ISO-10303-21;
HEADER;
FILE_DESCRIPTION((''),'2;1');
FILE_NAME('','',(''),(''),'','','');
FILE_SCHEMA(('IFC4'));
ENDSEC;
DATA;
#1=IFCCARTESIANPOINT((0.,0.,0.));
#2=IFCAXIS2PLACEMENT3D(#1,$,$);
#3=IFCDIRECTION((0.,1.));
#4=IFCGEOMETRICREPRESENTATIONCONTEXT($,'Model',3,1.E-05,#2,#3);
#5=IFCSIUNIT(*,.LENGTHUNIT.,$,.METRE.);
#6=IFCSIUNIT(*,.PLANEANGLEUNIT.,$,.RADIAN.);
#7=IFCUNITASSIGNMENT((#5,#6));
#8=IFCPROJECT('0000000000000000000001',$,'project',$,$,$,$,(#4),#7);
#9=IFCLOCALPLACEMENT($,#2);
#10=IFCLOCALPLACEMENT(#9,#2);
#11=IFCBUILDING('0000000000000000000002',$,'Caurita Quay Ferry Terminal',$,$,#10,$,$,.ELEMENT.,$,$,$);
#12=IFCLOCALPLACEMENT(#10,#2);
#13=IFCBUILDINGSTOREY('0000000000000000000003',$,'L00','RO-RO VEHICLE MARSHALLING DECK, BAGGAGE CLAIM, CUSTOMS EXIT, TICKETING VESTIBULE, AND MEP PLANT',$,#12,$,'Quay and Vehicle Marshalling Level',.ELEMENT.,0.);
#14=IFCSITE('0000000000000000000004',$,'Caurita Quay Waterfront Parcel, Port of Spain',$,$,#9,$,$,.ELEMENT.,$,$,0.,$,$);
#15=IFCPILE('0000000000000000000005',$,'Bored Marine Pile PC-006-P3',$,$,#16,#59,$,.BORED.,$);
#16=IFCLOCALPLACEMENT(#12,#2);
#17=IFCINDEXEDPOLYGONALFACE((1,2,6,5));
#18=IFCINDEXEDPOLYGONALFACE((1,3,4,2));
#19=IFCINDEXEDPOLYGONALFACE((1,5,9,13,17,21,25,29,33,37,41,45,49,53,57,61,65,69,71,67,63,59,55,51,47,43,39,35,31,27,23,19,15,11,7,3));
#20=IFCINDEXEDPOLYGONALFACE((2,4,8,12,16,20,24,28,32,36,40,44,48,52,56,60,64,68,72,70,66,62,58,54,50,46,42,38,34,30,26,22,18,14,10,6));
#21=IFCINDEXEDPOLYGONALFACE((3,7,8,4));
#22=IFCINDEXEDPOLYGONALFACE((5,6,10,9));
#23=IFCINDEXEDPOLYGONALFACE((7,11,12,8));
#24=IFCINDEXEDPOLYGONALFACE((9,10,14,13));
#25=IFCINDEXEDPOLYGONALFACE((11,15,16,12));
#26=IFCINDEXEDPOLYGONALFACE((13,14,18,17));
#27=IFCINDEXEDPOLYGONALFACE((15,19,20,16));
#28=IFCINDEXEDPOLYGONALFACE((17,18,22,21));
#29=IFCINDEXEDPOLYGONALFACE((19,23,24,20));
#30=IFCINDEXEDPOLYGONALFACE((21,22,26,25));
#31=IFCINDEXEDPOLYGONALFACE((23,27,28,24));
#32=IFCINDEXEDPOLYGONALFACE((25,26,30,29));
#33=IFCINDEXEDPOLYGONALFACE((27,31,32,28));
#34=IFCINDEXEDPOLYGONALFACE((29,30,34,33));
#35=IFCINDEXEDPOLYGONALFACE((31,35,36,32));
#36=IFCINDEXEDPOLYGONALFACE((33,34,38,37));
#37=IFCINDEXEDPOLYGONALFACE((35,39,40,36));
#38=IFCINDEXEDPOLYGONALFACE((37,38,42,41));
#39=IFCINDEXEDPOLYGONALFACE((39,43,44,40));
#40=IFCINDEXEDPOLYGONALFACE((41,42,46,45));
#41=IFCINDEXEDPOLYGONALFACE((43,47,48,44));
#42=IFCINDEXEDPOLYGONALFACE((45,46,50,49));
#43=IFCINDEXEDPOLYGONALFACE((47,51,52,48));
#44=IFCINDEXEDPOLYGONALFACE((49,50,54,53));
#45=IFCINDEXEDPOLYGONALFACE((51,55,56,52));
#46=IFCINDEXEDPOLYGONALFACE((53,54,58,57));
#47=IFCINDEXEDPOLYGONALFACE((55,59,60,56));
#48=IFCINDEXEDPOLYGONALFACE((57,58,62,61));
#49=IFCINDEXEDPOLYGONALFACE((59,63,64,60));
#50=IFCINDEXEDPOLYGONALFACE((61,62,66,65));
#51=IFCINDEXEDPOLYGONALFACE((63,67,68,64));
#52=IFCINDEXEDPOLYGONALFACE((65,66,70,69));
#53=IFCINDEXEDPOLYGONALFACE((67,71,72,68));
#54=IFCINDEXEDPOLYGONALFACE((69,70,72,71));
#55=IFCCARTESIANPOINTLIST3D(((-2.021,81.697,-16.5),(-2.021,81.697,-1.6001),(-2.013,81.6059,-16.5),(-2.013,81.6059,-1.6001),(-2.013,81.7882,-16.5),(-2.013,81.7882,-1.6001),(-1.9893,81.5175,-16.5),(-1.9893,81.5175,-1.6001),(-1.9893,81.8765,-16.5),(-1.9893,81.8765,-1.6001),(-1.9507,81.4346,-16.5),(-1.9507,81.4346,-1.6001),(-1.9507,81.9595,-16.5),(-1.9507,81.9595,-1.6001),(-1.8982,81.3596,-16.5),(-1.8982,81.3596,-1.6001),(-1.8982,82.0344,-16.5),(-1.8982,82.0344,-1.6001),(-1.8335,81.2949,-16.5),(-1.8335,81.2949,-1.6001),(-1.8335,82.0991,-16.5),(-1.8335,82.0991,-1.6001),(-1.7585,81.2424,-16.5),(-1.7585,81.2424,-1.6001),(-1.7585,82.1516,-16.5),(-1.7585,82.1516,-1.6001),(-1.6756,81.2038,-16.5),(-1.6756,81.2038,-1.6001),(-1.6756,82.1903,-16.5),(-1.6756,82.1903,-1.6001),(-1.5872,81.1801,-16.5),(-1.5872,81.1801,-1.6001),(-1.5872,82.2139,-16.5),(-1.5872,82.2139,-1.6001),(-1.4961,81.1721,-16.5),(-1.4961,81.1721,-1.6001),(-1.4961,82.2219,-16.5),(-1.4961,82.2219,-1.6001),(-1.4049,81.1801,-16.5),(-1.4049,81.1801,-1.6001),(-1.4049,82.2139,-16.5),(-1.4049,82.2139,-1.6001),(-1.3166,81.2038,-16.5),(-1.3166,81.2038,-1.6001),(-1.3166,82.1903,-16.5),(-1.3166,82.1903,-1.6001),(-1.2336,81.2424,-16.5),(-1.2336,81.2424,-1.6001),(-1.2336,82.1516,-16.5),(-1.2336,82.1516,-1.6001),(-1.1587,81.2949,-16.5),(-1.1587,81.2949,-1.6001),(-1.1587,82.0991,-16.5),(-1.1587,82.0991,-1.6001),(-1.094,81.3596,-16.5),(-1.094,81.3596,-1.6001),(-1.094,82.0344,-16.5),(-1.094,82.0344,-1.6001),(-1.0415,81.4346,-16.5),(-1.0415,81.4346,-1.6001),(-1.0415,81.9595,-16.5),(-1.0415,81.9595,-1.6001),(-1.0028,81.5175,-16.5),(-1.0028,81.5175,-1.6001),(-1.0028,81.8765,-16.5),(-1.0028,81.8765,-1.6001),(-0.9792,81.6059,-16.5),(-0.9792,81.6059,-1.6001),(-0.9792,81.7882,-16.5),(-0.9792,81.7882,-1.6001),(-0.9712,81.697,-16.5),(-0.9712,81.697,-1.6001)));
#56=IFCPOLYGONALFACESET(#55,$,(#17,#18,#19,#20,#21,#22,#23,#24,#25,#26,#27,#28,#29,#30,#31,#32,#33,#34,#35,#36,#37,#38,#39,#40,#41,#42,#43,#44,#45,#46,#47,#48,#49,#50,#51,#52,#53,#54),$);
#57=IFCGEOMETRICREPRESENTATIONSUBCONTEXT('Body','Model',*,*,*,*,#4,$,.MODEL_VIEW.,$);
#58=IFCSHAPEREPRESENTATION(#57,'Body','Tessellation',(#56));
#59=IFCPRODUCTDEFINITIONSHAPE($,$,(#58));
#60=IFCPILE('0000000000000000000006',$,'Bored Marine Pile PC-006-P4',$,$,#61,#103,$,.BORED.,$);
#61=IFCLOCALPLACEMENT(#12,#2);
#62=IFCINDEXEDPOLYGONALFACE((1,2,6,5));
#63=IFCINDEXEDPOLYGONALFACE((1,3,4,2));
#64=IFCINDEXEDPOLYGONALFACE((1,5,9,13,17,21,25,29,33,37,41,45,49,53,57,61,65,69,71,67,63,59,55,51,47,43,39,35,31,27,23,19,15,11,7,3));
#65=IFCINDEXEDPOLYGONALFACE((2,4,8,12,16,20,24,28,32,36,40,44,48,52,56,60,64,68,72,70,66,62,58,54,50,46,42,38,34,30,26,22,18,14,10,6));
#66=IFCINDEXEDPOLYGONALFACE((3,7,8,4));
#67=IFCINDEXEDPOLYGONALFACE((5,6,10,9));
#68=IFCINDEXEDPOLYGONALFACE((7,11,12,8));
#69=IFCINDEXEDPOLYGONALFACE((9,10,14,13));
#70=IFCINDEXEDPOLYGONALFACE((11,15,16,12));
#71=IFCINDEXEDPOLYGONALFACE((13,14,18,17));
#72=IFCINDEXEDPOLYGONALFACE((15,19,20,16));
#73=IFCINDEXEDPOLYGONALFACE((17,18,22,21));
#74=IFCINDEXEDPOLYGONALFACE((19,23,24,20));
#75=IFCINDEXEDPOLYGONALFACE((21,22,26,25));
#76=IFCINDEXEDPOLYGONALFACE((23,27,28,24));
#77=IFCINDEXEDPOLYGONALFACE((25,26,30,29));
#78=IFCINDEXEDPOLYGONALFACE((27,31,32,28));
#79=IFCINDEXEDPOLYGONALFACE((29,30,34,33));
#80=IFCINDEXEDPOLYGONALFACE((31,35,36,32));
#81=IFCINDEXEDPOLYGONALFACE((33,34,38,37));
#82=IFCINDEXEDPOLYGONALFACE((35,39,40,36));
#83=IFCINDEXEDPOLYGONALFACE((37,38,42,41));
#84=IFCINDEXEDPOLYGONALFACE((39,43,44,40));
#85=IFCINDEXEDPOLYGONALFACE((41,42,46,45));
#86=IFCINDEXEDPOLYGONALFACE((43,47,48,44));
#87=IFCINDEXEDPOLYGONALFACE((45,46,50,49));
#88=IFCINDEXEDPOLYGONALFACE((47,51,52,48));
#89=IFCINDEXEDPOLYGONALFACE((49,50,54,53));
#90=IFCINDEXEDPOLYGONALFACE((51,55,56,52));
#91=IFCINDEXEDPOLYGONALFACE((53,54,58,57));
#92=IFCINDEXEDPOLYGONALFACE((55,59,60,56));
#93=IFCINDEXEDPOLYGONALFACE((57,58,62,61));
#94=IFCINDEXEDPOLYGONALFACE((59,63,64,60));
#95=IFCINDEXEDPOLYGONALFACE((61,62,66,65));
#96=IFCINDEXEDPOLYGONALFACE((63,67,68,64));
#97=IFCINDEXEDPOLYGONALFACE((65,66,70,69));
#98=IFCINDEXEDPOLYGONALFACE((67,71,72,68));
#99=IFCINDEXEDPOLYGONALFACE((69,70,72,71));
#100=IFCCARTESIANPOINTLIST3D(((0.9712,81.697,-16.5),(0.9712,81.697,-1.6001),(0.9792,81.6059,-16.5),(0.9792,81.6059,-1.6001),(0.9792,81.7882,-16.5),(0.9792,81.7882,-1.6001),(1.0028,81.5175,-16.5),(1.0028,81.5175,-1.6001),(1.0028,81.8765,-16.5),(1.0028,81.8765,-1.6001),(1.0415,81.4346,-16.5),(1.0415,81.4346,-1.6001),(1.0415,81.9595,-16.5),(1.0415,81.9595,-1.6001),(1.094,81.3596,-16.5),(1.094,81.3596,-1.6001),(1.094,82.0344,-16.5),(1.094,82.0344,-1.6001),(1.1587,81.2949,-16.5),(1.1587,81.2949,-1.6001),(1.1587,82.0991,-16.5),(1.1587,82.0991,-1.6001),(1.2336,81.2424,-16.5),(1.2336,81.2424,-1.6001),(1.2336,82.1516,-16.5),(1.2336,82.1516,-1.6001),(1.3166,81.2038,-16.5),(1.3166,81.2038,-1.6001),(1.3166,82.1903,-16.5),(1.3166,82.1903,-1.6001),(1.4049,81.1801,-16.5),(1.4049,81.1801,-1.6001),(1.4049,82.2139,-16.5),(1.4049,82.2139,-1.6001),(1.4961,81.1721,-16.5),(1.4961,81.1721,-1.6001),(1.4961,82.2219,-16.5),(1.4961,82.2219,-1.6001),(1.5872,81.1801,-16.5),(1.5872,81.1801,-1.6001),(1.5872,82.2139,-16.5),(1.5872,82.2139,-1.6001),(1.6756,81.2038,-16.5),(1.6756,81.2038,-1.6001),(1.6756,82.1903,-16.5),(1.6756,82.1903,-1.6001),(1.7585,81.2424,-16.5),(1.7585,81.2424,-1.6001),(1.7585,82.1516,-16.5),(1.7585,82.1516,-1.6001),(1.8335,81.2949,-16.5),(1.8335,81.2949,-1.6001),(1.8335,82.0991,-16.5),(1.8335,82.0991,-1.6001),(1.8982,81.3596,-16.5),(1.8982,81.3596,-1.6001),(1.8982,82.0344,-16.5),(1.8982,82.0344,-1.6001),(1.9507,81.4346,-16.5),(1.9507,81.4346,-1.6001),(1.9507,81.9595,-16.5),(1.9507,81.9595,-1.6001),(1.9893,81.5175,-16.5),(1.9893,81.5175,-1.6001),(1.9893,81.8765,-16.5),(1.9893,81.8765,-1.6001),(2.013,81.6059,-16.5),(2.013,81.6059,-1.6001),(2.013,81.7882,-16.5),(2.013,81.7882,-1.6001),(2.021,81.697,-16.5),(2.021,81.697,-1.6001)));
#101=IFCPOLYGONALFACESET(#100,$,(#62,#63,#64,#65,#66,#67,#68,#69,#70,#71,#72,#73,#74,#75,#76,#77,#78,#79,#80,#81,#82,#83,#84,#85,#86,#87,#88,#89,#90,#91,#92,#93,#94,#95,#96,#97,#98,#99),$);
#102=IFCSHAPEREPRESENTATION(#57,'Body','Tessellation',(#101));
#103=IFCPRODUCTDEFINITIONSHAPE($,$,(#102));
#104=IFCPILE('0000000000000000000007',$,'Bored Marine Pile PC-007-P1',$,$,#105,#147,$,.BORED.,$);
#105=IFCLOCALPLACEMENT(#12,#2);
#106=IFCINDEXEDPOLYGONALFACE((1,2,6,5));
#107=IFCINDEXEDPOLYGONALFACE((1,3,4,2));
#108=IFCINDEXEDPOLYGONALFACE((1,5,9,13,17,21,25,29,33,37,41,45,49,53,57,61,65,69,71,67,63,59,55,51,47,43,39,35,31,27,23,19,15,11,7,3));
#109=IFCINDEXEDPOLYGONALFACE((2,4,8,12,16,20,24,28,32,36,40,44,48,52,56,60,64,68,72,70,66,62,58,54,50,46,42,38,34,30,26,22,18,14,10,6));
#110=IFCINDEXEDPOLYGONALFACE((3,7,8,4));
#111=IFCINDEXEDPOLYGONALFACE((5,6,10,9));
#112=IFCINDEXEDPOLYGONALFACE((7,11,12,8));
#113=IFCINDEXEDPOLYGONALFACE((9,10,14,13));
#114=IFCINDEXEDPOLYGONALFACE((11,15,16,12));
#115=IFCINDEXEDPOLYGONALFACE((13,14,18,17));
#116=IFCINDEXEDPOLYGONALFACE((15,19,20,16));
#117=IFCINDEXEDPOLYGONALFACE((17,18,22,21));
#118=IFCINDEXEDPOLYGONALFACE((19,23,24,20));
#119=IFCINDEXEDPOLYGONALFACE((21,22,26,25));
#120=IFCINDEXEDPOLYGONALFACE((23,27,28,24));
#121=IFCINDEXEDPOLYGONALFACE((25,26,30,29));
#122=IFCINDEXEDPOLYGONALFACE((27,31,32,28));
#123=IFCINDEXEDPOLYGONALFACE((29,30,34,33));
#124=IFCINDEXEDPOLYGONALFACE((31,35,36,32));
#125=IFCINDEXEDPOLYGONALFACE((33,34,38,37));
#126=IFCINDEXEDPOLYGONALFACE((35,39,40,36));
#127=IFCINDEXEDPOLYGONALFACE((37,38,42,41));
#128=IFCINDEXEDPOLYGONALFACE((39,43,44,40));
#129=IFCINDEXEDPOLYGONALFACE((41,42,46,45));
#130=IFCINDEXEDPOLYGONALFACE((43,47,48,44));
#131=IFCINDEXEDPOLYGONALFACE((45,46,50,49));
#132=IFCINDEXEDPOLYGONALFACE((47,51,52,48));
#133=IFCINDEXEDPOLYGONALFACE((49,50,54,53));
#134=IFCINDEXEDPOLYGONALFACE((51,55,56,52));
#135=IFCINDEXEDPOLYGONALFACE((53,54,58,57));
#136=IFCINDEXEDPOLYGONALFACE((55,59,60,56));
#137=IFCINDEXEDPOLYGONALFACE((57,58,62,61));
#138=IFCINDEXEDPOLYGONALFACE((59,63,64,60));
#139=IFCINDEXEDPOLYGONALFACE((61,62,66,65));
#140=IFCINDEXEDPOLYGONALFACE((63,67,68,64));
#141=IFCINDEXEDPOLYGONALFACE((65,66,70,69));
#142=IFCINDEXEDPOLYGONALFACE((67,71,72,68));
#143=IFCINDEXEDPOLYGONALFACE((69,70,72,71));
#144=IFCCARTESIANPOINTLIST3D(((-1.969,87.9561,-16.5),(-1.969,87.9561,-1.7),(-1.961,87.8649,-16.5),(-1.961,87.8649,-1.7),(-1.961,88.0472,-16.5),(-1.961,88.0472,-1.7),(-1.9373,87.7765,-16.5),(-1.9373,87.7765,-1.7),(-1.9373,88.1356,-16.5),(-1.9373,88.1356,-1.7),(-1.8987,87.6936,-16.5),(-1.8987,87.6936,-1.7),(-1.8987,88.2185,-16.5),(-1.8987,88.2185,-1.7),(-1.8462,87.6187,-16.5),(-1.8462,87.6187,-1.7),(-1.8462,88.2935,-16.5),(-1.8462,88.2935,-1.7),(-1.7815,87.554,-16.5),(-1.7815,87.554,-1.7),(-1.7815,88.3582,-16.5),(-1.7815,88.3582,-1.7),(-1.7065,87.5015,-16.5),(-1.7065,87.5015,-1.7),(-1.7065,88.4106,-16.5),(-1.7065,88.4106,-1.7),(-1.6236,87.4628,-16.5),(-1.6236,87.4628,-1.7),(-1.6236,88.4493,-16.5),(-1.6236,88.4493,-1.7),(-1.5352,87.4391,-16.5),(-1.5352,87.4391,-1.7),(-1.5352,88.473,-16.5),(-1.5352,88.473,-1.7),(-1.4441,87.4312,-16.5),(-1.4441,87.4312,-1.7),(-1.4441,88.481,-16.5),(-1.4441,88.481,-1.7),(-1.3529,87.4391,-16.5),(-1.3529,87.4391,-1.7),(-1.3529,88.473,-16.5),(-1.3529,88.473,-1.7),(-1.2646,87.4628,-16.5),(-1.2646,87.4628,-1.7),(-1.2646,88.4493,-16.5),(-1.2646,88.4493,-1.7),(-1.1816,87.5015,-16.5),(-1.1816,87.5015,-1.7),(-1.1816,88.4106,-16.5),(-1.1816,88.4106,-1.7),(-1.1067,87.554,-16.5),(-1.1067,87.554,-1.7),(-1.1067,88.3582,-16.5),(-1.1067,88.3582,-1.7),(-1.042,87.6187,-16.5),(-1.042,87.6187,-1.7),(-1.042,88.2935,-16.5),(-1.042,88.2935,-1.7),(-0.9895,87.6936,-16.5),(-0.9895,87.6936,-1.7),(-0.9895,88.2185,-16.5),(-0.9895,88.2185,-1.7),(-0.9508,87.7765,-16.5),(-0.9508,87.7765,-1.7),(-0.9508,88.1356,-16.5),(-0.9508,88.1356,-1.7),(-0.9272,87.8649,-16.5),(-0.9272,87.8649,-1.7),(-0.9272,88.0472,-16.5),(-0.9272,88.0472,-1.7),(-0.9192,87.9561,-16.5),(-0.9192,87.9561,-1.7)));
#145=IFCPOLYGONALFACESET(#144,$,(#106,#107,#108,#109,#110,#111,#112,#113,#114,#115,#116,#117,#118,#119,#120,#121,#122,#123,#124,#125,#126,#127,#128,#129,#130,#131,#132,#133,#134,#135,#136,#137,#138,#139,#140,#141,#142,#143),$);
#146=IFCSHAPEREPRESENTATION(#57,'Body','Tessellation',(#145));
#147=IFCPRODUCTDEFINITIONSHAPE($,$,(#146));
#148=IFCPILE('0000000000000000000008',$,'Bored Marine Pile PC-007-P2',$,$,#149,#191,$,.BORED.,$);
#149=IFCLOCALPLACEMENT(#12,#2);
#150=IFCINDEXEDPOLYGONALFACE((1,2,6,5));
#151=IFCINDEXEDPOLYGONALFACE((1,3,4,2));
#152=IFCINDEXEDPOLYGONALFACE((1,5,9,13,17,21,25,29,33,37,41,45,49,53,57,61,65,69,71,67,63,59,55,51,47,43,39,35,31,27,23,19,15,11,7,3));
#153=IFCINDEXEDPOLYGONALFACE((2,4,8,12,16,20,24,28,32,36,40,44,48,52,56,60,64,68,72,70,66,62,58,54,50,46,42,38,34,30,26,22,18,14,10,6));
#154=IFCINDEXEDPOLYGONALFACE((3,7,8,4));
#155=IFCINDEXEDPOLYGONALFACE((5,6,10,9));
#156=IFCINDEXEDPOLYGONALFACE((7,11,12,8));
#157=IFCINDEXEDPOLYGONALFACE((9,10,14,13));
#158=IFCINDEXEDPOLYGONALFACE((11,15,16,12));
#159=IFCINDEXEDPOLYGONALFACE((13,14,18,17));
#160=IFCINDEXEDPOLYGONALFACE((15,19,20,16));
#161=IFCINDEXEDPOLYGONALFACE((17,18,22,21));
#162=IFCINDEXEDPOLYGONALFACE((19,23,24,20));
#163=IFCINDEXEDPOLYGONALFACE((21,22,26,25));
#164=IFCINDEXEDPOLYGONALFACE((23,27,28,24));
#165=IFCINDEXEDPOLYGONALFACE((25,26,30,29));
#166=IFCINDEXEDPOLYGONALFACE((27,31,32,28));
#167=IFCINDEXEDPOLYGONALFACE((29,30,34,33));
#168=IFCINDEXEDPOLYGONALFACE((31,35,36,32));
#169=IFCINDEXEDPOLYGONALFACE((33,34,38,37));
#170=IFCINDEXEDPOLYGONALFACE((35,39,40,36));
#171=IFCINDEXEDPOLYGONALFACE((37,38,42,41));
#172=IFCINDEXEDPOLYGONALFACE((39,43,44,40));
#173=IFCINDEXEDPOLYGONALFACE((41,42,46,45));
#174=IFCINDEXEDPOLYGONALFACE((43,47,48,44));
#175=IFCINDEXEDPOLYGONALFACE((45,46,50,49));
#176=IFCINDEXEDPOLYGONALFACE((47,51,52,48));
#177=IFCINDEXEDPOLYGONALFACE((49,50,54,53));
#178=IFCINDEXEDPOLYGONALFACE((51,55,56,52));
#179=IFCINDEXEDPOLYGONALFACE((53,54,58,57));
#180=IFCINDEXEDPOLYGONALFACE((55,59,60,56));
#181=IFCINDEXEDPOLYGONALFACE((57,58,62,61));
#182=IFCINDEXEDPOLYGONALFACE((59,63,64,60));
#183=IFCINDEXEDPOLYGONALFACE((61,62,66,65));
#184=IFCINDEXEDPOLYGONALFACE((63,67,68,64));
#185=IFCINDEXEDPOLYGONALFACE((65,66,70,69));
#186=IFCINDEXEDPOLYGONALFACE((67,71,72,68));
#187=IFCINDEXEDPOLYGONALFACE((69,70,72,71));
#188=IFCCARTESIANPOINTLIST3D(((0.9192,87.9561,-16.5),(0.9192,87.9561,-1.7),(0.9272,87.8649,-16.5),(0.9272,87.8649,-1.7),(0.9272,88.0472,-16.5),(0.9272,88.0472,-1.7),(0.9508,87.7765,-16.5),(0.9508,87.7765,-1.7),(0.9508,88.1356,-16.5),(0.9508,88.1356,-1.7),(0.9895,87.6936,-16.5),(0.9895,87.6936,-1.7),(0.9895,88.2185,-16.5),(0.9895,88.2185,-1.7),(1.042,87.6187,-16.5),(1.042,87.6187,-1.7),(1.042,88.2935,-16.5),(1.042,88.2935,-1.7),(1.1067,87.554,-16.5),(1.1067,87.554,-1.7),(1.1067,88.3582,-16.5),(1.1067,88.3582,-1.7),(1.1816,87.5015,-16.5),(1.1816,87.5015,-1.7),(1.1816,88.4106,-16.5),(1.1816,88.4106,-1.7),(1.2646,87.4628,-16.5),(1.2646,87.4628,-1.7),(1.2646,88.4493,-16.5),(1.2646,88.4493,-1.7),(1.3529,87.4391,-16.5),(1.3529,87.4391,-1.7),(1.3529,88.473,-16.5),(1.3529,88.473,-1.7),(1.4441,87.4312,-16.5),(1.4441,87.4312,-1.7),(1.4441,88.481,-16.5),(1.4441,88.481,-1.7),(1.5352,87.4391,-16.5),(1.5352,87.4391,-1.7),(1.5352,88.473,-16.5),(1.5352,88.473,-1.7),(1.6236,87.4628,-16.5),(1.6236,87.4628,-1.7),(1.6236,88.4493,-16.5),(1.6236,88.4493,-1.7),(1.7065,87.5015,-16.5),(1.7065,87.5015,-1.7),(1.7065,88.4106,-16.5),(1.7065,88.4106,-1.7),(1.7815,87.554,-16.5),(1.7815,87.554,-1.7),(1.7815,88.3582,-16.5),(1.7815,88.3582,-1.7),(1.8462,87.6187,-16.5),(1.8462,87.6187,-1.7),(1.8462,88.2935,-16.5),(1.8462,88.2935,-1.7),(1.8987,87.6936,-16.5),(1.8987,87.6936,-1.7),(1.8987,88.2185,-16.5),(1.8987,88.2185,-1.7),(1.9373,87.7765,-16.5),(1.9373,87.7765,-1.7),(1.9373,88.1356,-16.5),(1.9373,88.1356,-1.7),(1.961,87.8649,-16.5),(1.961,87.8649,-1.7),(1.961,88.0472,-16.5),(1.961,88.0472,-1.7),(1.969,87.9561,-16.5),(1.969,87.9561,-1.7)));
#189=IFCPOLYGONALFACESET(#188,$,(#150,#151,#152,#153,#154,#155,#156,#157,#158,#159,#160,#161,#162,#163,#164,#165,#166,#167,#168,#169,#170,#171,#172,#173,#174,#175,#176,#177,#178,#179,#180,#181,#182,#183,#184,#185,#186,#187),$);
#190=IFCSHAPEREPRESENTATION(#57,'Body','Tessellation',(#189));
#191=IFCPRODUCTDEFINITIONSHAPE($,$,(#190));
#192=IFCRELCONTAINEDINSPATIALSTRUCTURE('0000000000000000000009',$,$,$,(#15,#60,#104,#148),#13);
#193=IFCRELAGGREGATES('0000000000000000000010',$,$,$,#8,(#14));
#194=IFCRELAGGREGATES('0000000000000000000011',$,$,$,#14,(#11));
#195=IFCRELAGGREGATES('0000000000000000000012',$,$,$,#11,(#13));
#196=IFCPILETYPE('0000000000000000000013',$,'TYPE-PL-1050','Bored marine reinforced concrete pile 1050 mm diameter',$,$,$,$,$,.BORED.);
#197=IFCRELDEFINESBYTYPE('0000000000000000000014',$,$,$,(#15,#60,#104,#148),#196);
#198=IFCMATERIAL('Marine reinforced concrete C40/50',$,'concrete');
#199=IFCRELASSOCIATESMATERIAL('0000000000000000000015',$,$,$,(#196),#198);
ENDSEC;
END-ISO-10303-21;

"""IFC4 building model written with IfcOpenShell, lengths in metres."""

from ifc_helpers import new_model, si_unit, direction, frame, origin, origin_2d, place, context, subcontext, project, spatial, circle, extrude, material, material_profile, profile_set, type_object, element, save


model = new_model("IFC4")

# Units and contexts
model_context = context("Model", 3, precision=1e-05, world=origin(), true_north=direction((0.0, 1.0)))
body_context = subcontext(model_context, "Body", "Model", "MODEL_VIEW")
ifc_project = project(units=[si_unit("LENGTHUNIT", "METRE"), si_unit("PLANEANGLEUNIT", "RADIAN")], contexts=[model_context])

# Site, building, storey
site_placement = place(None, origin())
site = spatial("IfcSite", under=ifc_project, at=site_placement, Name="Caurita Quay Waterfront Parcel, Port of Spain", CompositionType="ELEMENT", RefElevation=0.0)
building_placement = place(site_placement, origin())
building = spatial("IfcBuilding", under=site, at=building_placement, Name="Caurita Quay Ferry Terminal", CompositionType="ELEMENT")
storey_placement = place(building_placement, origin())
storey = spatial("IfcBuildingStorey", under=building, at=storey_placement, Name="L00", Description="RO-RO VEHICLE MARSHALLING DECK, BAGGAGE CLAIM, CUSTOMS EXIT, TICKETING VESTIBULE, AND MEP PLANT", LongName="Quay and Vehicle Marshalling Level", CompositionType="ELEMENT", Elevation=0.0)

# Piles
ifc_material_1 = material(Name="Marine reinforced concrete C40/50", Category="concrete")
ifc_material_profile_1 = material_profile(ifc_material_1, circle(Radius=0.5249, at=origin_2d()), Name="PILE-D1050")
ifc_profile_set_1 = profile_set([ifc_material_profile_1], Name="Marine reinforced concrete C40/50")
pile_type = type_object("IfcPileType", Name="TYPE-PL-1050", Description="Bored marine reinforced concrete pile 1050 mm diameter", PredefinedType="BORED", material=ifc_profile_set_1)
for number, where, z_axis, x_axis, name in (
    (1, (-1.4961, 81.697, -1.6001), (0.0, 0.0, -1.0), (1.0, 0.0, 0.0), "Bored Marine Pile PC-006-P3"),
    (2, (1.4961, 81.697, -1.6001), (0.0, 0.0, -1.0), (1.0, 0.0, 0.0), "Bored Marine Pile PC-006-P4"),
):
    element("IfcPile", number, at=place(storey_placement, frame(where, z_axis=z_axis, x_axis=x_axis)), inside=storey, type_object=pile_type, Name=name, PredefinedType="BORED", context=body_context, shape_type="SweptSolid", body=[
        extrude(circle(Radius=0.5249, at=origin_2d()), origin(), (0.0, 0.0, 1.0), 14.8999),
    ])
for number, where, z_axis, x_axis, name in (
    (3, (-1.4441, 87.9561, -1.7), (0.0, 0.0, -1.0), (1.0, 0.0, 0.0), "Bored Marine Pile PC-007-P1"),
    (4, (1.4441, 87.9561, -1.7), (0.0, 0.0, -1.0), (1.0, 0.0, 0.0), "Bored Marine Pile PC-007-P2"),
):
    element("IfcPile", number, at=place(storey_placement, frame(where, z_axis=z_axis, x_axis=x_axis)), inside=storey, type_object=pile_type, Name=name, PredefinedType="BORED", context=body_context, shape_type="SweptSolid", body=[
        extrude(circle(Radius=0.5249, at=origin_2d()), origin(), (0.0, 0.0, 1.0), 14.8),
    ])

save(model, "model.ifc")
